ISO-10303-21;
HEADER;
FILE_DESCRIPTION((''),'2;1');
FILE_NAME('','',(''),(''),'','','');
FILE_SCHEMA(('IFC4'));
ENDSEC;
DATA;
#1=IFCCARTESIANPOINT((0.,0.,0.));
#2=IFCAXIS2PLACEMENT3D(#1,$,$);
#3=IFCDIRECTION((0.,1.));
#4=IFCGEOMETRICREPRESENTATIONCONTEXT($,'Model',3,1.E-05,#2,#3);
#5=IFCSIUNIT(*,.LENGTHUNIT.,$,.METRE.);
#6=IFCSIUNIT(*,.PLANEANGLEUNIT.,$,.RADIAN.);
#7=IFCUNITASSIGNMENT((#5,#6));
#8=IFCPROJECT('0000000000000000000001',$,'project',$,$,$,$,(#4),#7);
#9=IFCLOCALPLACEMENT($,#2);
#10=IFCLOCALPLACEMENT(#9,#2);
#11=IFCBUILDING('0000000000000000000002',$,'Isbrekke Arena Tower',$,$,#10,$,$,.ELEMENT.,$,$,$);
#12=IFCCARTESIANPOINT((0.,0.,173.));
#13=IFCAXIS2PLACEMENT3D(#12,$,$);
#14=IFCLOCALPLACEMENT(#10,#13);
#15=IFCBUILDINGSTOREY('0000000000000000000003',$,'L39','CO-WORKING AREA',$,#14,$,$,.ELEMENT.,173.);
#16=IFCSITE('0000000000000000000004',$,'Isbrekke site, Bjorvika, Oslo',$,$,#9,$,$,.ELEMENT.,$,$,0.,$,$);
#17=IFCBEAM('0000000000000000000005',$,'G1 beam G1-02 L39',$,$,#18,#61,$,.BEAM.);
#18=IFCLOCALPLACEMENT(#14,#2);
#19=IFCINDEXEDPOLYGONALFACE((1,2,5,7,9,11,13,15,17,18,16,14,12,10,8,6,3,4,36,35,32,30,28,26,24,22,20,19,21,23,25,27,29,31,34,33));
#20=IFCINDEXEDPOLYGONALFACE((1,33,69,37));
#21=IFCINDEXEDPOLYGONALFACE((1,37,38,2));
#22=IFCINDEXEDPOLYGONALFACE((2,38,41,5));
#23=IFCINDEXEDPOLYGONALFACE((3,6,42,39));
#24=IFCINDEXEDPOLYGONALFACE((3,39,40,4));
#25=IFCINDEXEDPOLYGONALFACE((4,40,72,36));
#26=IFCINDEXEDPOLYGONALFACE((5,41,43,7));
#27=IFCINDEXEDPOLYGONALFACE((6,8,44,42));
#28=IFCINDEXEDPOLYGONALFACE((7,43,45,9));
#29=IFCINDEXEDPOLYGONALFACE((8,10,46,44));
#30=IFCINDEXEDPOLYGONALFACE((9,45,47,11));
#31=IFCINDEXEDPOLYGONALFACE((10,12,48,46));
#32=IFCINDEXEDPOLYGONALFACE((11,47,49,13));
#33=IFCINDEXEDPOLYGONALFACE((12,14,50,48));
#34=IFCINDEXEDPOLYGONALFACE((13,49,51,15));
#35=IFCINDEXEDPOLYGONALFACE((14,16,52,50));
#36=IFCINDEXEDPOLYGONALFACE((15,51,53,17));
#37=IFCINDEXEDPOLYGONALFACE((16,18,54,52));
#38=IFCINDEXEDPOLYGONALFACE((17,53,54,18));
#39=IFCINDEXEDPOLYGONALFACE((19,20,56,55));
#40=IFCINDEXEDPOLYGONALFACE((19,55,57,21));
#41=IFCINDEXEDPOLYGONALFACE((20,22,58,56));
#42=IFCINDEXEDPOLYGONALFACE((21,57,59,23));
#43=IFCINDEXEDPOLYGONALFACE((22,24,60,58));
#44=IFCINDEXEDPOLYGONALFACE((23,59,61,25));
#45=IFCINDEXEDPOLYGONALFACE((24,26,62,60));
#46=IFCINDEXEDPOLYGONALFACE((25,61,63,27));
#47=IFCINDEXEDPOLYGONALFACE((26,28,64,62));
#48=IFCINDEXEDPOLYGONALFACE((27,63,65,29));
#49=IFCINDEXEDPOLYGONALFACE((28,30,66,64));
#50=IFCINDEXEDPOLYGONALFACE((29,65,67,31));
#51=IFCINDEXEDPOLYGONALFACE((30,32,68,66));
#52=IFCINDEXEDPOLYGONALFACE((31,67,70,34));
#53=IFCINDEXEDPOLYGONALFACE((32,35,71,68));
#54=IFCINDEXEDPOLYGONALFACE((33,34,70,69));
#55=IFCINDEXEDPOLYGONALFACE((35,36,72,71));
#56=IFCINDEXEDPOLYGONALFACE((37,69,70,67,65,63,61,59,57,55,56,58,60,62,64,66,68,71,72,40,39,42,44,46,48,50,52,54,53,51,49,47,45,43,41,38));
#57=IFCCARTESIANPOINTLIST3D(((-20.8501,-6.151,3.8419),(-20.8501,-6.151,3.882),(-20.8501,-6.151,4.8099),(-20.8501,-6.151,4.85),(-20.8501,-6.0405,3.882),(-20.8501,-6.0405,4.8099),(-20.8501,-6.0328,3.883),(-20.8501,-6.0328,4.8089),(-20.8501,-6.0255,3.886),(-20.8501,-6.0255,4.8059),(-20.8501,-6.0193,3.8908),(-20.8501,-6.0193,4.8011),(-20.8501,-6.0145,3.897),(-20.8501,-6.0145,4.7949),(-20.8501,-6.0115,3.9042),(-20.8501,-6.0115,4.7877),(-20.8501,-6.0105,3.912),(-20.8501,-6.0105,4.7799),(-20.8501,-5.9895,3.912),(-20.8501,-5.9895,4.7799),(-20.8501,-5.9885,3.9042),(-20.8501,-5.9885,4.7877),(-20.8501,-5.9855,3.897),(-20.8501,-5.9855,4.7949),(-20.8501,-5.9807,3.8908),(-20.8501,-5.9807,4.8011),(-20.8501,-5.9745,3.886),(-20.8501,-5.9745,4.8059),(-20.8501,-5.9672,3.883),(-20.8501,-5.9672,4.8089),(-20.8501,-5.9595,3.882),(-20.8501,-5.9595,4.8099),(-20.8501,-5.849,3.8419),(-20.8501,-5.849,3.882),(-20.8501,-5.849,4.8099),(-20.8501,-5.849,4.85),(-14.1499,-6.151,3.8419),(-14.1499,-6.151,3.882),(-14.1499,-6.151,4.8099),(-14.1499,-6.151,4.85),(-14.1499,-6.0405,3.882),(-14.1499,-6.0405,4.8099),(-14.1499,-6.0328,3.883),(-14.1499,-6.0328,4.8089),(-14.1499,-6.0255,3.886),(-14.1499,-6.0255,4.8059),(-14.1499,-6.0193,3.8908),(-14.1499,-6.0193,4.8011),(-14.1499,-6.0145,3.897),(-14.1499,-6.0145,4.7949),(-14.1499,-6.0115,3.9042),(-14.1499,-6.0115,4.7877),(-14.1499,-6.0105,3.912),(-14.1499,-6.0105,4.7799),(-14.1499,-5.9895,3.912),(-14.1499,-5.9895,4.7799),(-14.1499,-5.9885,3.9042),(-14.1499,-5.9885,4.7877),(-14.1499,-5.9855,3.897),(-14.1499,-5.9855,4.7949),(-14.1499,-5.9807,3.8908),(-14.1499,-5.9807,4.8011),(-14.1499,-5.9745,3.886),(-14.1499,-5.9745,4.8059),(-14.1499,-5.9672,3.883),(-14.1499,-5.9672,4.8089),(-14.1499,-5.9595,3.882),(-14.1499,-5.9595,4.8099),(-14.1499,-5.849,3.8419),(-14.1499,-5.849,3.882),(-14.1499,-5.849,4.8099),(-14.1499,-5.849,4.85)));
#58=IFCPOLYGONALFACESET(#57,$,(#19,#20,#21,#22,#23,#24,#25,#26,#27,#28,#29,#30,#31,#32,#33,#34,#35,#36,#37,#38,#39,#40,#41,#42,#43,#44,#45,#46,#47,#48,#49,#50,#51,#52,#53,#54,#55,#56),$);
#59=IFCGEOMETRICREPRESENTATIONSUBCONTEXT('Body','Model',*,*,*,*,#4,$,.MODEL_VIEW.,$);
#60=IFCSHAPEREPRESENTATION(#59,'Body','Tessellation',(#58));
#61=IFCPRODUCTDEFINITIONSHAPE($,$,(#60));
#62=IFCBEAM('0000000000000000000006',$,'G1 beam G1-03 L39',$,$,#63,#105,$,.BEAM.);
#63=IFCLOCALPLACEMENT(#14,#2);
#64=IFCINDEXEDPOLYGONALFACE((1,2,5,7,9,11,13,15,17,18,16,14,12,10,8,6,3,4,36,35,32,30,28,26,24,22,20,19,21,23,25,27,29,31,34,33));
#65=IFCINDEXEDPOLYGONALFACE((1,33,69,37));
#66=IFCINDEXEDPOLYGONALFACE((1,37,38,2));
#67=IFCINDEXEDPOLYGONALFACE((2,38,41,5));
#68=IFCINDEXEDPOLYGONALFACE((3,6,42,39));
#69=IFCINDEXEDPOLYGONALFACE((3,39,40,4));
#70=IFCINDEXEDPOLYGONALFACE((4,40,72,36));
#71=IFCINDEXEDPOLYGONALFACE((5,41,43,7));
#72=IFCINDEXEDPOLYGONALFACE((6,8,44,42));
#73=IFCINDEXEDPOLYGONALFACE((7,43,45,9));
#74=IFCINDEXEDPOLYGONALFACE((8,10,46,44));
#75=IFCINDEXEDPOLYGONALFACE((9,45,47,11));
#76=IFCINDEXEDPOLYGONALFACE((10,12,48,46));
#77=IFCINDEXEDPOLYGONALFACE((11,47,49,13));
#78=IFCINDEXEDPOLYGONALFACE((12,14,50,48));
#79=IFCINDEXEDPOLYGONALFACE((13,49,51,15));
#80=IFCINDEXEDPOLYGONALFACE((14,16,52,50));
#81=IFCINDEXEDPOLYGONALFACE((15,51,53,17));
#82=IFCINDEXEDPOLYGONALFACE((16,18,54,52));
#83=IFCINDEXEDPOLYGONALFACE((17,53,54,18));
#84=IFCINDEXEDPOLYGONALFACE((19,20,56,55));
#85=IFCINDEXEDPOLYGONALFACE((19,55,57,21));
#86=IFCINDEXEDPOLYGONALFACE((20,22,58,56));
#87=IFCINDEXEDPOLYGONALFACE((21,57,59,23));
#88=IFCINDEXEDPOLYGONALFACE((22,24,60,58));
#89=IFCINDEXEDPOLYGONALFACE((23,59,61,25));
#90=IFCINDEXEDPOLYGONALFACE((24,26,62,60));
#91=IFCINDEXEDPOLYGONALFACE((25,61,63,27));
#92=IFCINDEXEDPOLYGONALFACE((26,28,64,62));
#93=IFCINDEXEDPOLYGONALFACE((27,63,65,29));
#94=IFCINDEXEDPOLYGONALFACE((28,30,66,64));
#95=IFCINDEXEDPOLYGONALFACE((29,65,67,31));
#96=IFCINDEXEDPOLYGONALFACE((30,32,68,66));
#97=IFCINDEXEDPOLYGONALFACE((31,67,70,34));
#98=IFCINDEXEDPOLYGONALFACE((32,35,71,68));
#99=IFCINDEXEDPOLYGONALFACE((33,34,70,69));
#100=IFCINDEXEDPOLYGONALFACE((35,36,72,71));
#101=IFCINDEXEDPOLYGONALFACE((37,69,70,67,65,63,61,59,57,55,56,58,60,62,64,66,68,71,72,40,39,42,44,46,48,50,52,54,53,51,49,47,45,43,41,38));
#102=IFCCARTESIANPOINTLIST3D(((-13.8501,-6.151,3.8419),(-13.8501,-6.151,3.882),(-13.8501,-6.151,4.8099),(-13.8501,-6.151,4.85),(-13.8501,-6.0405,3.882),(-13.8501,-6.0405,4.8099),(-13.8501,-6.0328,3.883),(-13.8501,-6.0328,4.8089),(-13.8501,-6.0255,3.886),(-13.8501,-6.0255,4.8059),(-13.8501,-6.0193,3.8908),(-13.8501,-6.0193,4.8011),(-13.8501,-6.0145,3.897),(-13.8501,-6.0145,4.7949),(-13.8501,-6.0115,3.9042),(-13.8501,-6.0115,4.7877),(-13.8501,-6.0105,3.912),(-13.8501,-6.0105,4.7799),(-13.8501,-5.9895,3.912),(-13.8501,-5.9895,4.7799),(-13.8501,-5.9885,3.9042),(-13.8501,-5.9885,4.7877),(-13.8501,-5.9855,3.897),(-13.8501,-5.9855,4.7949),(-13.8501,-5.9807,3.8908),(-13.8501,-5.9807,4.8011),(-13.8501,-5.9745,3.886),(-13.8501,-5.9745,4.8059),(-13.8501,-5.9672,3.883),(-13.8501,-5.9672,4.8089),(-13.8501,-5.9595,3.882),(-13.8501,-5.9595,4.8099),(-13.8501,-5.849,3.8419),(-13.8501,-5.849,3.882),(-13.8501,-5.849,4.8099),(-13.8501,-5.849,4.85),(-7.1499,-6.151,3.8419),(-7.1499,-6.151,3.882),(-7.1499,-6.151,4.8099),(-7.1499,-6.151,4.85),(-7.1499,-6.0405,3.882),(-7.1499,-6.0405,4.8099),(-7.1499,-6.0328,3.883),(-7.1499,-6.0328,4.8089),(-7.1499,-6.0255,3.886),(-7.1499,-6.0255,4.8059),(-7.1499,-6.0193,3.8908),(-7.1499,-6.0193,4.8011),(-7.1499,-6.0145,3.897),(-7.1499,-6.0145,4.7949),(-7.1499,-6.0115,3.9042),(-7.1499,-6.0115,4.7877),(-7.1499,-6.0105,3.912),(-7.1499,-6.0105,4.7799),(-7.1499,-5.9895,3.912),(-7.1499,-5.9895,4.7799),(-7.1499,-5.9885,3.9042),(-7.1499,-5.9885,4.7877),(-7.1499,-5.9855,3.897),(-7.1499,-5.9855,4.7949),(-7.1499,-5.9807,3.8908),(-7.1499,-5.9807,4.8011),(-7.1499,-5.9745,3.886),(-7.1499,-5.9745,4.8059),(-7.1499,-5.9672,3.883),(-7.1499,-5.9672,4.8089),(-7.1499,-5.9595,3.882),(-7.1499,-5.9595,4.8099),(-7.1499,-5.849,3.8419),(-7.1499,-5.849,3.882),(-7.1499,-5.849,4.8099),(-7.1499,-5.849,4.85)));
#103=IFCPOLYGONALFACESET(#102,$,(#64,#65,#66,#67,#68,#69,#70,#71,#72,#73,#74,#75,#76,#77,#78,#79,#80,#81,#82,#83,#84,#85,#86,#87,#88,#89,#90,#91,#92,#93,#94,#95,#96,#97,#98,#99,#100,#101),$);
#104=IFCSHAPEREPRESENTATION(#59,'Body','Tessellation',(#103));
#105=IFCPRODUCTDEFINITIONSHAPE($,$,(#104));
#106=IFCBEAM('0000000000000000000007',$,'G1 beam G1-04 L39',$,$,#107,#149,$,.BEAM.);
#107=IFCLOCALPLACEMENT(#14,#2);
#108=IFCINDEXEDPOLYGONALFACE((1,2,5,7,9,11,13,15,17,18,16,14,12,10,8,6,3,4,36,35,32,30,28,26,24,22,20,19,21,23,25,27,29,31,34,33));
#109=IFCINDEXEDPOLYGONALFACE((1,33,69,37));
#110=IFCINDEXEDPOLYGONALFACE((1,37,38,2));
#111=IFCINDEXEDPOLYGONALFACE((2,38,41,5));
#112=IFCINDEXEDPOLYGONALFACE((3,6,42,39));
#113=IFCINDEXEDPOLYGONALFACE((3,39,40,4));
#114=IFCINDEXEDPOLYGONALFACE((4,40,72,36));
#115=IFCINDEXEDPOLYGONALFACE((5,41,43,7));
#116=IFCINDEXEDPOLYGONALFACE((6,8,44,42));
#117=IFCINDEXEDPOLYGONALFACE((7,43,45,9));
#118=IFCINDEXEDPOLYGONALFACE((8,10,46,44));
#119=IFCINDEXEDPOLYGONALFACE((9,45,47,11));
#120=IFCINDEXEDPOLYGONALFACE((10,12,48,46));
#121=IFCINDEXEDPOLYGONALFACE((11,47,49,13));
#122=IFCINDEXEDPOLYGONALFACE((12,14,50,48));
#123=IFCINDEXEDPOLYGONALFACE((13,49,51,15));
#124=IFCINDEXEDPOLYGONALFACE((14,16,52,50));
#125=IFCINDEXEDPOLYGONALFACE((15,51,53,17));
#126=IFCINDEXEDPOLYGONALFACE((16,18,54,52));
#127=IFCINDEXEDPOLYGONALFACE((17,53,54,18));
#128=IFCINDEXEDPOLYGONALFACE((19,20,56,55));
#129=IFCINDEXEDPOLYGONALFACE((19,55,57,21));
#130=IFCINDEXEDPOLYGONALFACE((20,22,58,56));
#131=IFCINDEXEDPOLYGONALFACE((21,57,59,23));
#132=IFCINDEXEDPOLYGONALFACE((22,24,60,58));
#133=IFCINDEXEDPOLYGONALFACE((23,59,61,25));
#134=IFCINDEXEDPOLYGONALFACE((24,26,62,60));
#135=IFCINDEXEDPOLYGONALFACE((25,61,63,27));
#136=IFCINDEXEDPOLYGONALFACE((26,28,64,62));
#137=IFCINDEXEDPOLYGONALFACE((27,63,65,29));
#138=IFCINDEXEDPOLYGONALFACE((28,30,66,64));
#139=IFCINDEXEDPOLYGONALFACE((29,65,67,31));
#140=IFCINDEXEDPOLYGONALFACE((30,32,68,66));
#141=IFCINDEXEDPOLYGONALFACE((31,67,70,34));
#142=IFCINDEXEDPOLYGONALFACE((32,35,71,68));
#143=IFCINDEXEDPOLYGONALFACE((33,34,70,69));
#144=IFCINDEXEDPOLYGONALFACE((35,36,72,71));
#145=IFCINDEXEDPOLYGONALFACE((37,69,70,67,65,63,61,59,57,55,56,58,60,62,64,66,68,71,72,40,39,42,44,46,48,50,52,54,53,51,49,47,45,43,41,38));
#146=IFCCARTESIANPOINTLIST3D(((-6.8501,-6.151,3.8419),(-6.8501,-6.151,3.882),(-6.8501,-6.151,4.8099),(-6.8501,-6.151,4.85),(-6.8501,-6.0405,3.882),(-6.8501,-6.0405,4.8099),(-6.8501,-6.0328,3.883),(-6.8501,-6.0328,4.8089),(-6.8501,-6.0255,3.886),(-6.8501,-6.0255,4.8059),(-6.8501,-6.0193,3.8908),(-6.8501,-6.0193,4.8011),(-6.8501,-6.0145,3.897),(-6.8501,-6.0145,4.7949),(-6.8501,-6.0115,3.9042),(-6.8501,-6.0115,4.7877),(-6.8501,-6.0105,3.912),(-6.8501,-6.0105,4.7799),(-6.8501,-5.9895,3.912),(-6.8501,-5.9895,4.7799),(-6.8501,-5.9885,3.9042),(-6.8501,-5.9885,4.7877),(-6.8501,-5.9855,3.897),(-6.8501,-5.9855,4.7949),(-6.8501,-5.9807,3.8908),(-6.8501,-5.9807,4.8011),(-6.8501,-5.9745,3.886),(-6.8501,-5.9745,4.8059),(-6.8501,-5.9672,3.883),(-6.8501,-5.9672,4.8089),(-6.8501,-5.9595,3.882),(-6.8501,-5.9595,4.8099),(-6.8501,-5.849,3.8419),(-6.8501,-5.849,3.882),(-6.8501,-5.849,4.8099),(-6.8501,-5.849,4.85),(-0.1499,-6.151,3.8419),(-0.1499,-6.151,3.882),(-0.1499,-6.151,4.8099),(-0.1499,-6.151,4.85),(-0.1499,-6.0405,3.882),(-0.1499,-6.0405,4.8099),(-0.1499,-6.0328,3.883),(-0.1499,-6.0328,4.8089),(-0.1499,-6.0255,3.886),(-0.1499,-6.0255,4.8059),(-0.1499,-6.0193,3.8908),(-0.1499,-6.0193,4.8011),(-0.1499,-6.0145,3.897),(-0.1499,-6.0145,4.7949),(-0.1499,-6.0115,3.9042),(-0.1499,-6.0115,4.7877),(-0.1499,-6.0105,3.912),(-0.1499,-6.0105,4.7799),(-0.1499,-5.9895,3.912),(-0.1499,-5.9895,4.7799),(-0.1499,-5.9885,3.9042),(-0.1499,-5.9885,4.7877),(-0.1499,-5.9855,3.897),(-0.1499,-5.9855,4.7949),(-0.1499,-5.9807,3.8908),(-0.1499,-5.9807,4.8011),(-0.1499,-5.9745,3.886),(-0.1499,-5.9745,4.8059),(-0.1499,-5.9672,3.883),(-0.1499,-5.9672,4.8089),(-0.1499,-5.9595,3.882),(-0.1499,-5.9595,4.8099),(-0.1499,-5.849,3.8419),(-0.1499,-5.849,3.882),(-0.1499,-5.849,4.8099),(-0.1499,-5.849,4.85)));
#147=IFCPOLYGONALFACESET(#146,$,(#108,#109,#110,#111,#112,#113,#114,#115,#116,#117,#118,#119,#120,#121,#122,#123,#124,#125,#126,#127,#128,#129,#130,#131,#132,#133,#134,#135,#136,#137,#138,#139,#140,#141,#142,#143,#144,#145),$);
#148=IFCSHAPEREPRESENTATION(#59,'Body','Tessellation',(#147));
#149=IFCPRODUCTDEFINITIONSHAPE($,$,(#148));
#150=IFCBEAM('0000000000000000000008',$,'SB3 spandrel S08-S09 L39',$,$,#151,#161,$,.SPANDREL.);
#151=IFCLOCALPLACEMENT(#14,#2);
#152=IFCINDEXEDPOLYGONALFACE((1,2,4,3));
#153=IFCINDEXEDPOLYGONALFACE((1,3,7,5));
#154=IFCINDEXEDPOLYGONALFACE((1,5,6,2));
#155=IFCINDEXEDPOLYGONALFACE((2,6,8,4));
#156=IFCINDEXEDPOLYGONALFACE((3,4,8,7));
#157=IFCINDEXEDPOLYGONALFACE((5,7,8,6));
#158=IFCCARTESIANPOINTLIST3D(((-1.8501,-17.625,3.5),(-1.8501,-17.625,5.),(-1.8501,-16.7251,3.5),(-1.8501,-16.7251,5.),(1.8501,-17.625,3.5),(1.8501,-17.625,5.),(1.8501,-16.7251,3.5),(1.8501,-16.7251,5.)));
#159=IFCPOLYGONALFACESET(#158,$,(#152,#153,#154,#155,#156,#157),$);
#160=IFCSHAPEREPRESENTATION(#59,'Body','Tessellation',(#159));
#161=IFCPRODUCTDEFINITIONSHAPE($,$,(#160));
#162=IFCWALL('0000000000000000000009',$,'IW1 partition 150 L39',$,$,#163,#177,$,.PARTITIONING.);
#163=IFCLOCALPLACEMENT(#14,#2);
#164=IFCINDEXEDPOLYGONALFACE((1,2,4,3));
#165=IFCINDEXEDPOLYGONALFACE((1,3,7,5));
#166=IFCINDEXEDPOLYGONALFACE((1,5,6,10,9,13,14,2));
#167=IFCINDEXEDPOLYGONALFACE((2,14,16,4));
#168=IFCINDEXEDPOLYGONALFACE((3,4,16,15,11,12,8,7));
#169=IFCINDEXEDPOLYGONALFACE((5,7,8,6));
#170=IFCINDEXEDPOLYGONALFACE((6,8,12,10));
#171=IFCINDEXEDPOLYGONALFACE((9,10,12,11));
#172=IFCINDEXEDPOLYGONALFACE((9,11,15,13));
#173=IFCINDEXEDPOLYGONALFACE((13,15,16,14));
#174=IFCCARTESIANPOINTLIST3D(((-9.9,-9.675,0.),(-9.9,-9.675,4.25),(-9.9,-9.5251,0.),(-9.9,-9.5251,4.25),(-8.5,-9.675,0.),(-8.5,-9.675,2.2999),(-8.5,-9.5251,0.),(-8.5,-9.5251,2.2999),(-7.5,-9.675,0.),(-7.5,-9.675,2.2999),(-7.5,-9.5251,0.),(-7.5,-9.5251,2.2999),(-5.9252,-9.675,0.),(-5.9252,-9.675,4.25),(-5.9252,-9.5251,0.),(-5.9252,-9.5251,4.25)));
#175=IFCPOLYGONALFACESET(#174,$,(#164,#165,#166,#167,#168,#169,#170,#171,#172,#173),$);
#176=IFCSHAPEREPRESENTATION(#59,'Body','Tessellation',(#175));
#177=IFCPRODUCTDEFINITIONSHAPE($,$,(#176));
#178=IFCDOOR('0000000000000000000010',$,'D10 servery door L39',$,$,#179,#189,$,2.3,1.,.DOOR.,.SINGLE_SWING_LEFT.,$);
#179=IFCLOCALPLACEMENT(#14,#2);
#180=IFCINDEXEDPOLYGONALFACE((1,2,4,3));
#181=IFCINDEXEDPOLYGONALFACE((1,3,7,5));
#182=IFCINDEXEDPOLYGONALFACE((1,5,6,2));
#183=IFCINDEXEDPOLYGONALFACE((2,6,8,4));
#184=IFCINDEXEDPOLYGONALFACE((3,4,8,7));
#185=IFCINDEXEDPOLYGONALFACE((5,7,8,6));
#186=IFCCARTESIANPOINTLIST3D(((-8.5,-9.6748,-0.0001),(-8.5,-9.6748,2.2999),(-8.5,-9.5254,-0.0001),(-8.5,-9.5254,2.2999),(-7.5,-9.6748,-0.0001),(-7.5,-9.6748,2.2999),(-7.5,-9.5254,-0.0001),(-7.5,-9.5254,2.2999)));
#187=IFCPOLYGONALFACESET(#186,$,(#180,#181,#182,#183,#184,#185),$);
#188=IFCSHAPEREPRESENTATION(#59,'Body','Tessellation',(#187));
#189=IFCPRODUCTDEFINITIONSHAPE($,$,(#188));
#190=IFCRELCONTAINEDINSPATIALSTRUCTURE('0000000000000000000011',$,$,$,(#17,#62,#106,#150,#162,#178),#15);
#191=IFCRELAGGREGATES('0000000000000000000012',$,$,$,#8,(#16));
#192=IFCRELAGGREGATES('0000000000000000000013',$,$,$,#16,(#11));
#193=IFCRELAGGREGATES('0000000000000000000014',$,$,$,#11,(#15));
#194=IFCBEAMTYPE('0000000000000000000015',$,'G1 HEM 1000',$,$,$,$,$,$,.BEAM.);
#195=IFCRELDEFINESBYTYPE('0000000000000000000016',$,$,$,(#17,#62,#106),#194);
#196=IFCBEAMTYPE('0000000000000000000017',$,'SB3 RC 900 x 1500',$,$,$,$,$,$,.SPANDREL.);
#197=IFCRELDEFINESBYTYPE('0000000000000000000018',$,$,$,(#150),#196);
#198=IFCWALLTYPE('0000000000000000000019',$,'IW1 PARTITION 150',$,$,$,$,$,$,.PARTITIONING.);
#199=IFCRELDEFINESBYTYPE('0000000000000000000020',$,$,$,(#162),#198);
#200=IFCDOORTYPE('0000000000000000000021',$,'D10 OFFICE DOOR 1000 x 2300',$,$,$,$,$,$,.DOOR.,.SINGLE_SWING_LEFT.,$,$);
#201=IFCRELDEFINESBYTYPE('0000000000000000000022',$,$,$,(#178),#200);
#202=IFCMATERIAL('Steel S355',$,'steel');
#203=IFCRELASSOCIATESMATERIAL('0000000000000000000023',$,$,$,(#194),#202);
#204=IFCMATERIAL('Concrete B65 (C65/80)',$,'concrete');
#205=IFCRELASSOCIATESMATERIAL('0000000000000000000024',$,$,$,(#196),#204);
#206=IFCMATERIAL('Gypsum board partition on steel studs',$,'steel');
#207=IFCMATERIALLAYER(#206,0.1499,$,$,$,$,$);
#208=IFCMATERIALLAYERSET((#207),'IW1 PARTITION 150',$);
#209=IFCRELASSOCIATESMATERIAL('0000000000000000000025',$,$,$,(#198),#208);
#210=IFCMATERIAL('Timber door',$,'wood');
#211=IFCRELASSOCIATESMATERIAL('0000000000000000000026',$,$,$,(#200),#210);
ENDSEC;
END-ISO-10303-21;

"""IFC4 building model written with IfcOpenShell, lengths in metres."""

from ifc_helpers import new_model, si_unit, direction, frame, frame_2d, origin, origin_2d, place, context, subcontext, project, spatial, rectangle, i_section, extrude, material, layer, layer_set, material_profile, profile_set, type_object, element, fill, save


model = new_model("IFC4")

# Units and contexts
model_context = context("Model", 3, precision=1e-05, world=origin(), true_north=direction((0.0, 1.0)))
body_context = subcontext(model_context, "Body", "Model", "MODEL_VIEW")
ifc_project = project(units=[si_unit("LENGTHUNIT", "METRE"), si_unit("PLANEANGLEUNIT", "RADIAN")], contexts=[model_context])

# Site, building, storey
site_placement = place(None, origin())
site = spatial("IfcSite", under=ifc_project, at=site_placement, Name="Isbrekke site, Bjorvika, Oslo", CompositionType="ELEMENT", RefElevation=0.0)
building_placement = place(site_placement, origin())
building = spatial("IfcBuilding", under=site, at=building_placement, Name="Isbrekke Arena Tower", CompositionType="ELEMENT")
storey_placement = place(building_placement, frame((0.0, 0.0, 173.0)))
storey = spatial("IfcBuildingStorey", under=building, at=storey_placement, Name="L39", Description="CO-WORKING AREA", CompositionType="ELEMENT", Elevation=173.0)

# Beams
ifc_material_1 = material(Name="Steel S355", Category="steel")
ifc_material_profile_1 = material_profile(ifc_material_1, i_section(OverallWidth=0.302, OverallDepth=1.0081, WebThickness=0.021, FlangeThickness=0.04, FilletRadius=0.03, at=origin_2d()), Name="HEM 1000")
ifc_profile_set_1 = profile_set([ifc_material_profile_1], Name="Steel S355")
beam_type_1 = type_object("IfcBeamType", Name="G1 HEM 1000", PredefinedType="BEAM", material=ifc_profile_set_1)
for number, where, z_axis, x_axis, name in (
    (1, (-20.8501, -6.0, 4.3459), (1.0, 0.0, 0.0), (0.0, 1.0, 0.0), "G1 beam G1-02 L39"),
    (2, (-13.8501, -6.0, 4.3459), (1.0, 0.0, 0.0), (0.0, 1.0, 0.0), "G1 beam G1-03 L39"),
    (3, (-6.8501, -6.0, 4.3459), (1.0, 0.0, 0.0), (0.0, 1.0, 0.0), "G1 beam G1-04 L39"),
):
    element("IfcBeam", number, at=place(storey_placement, frame(where, z_axis=z_axis, x_axis=x_axis)), inside=storey, type_object=beam_type_1, Name=name, PredefinedType="BEAM", context=body_context, shape_type="SweptSolid", body=[
        extrude(i_section(OverallWidth=0.302, OverallDepth=1.0081, WebThickness=0.021, FlangeThickness=0.04, FilletRadius=0.03, at=origin_2d()), origin(), (0.0, 0.0, 1.0), 6.7002),
    ])
ifc_material_2 = material(Name="Concrete B65 (C65/80)", Category="concrete")
ifc_material_profile_2 = material_profile(ifc_material_2, rectangle(XDim=0.8999, YDim=1.5, at=origin_2d()), Name="RC 900x1500")
ifc_profile_set_2 = profile_set([ifc_material_profile_2], Name="Concrete B65 (C65/80)")
beam_type_2 = type_object("IfcBeamType", Name="SB3 RC 900 x 1500", PredefinedType="SPANDREL", material=ifc_profile_set_2)
beam_1_placement = place(storey_placement, frame((-1.8501, -17.175, 4.25), z_axis=(1.0, 0.0, 0.0), x_axis=(0.0, 1.0, 0.0)))
element("IfcBeam", 4, at=beam_1_placement, inside=storey, type_object=beam_type_2, Name="SB3 spandrel S08-S09 L39", PredefinedType="SPANDREL", context=body_context, shape_type="SweptSolid", body=[
    extrude(rectangle(XDim=0.8999, YDim=1.5, at=origin_2d()), origin(), (0.0, 0.0, 1.0), 3.7002),
])

# Wall, opening, door
ifc_material_3 = material(Name="Gypsum board partition on steel studs", Category="steel")
ifc_layer_1 = layer(ifc_material_3, 0.1499)
ifc_layer_set_1 = layer_set([ifc_layer_1], Name="IW1 PARTITION 150")
wall_type_1 = type_object("IfcWallType", Name="IW1 PARTITION 150", PredefinedType="PARTITIONING", material=ifc_layer_set_1)
wall_1_placement = place(storey_placement, frame((-9.8999, -9.6001, 0.0), z_axis=(0.0, 0.0, 1.0), x_axis=(1.0, 0.0, 0.0)))
wall_1 = element("IfcWall", 5, at=wall_1_placement, inside=storey, type_object=wall_type_1, Name="IW1 partition 150 L39", PredefinedType="PARTITIONING", context=body_context, shape_type="SweptSolid", body=[
    extrude(rectangle(XDim=3.9749, YDim=0.1499, at=frame_2d((1.9873, 0.0))), origin(), (0.0, 0.0, 1.0), 4.25),
])
opening_1_placement = place(wall_1_placement, frame((1.3999, 0.0, 0.0)))
opening_1 = element("IfcOpeningElement", 6, at=opening_1_placement, cuts=wall_1, PredefinedType="OPENING", context=body_context, shape_type="SweptSolid", body=[
    extrude(rectangle(XDim=1.0, YDim=2.3, at=frame_2d((0.5, 1.1499))), frame((0.0, 0.0898, 0.0), z_axis=(0.0, -1.0, 0.0), x_axis=(1.0, 0.0, 0.0)), (0.0, 0.0, 1.0), 0.1797),
])
ifc_material_4 = material(Name="Timber door", Category="wood")
door_type_1 = type_object("IfcDoorType", Name="D10 OFFICE DOOR 1000 x 2300", OperationType="SINGLE_SWING_LEFT", PredefinedType="DOOR", material=ifc_material_4)
door_1_placement = place(opening_1_placement, origin())
door_1 = element("IfcDoor", 7, at=door_1_placement, inside=storey, type_object=door_type_1, Name="D10 servery door L39", OperationType="SINGLE_SWING_LEFT", OverallHeight=2.3, OverallWidth=1.0, PredefinedType="DOOR", context=body_context, shape_type="SweptSolid", body=[
    extrude(rectangle(XDim=1.0, YDim=2.3, at=frame_2d((0.5, 1.1499))), frame((0.0, 0.0747, 0.0), z_axis=(0.0, -1.0, 0.0), x_axis=(1.0, 0.0, 0.0)), (0.0, 0.0, 1.0), 0.1494),
])
fill(opening_1, door_1)

save(model, "model.ifc")
